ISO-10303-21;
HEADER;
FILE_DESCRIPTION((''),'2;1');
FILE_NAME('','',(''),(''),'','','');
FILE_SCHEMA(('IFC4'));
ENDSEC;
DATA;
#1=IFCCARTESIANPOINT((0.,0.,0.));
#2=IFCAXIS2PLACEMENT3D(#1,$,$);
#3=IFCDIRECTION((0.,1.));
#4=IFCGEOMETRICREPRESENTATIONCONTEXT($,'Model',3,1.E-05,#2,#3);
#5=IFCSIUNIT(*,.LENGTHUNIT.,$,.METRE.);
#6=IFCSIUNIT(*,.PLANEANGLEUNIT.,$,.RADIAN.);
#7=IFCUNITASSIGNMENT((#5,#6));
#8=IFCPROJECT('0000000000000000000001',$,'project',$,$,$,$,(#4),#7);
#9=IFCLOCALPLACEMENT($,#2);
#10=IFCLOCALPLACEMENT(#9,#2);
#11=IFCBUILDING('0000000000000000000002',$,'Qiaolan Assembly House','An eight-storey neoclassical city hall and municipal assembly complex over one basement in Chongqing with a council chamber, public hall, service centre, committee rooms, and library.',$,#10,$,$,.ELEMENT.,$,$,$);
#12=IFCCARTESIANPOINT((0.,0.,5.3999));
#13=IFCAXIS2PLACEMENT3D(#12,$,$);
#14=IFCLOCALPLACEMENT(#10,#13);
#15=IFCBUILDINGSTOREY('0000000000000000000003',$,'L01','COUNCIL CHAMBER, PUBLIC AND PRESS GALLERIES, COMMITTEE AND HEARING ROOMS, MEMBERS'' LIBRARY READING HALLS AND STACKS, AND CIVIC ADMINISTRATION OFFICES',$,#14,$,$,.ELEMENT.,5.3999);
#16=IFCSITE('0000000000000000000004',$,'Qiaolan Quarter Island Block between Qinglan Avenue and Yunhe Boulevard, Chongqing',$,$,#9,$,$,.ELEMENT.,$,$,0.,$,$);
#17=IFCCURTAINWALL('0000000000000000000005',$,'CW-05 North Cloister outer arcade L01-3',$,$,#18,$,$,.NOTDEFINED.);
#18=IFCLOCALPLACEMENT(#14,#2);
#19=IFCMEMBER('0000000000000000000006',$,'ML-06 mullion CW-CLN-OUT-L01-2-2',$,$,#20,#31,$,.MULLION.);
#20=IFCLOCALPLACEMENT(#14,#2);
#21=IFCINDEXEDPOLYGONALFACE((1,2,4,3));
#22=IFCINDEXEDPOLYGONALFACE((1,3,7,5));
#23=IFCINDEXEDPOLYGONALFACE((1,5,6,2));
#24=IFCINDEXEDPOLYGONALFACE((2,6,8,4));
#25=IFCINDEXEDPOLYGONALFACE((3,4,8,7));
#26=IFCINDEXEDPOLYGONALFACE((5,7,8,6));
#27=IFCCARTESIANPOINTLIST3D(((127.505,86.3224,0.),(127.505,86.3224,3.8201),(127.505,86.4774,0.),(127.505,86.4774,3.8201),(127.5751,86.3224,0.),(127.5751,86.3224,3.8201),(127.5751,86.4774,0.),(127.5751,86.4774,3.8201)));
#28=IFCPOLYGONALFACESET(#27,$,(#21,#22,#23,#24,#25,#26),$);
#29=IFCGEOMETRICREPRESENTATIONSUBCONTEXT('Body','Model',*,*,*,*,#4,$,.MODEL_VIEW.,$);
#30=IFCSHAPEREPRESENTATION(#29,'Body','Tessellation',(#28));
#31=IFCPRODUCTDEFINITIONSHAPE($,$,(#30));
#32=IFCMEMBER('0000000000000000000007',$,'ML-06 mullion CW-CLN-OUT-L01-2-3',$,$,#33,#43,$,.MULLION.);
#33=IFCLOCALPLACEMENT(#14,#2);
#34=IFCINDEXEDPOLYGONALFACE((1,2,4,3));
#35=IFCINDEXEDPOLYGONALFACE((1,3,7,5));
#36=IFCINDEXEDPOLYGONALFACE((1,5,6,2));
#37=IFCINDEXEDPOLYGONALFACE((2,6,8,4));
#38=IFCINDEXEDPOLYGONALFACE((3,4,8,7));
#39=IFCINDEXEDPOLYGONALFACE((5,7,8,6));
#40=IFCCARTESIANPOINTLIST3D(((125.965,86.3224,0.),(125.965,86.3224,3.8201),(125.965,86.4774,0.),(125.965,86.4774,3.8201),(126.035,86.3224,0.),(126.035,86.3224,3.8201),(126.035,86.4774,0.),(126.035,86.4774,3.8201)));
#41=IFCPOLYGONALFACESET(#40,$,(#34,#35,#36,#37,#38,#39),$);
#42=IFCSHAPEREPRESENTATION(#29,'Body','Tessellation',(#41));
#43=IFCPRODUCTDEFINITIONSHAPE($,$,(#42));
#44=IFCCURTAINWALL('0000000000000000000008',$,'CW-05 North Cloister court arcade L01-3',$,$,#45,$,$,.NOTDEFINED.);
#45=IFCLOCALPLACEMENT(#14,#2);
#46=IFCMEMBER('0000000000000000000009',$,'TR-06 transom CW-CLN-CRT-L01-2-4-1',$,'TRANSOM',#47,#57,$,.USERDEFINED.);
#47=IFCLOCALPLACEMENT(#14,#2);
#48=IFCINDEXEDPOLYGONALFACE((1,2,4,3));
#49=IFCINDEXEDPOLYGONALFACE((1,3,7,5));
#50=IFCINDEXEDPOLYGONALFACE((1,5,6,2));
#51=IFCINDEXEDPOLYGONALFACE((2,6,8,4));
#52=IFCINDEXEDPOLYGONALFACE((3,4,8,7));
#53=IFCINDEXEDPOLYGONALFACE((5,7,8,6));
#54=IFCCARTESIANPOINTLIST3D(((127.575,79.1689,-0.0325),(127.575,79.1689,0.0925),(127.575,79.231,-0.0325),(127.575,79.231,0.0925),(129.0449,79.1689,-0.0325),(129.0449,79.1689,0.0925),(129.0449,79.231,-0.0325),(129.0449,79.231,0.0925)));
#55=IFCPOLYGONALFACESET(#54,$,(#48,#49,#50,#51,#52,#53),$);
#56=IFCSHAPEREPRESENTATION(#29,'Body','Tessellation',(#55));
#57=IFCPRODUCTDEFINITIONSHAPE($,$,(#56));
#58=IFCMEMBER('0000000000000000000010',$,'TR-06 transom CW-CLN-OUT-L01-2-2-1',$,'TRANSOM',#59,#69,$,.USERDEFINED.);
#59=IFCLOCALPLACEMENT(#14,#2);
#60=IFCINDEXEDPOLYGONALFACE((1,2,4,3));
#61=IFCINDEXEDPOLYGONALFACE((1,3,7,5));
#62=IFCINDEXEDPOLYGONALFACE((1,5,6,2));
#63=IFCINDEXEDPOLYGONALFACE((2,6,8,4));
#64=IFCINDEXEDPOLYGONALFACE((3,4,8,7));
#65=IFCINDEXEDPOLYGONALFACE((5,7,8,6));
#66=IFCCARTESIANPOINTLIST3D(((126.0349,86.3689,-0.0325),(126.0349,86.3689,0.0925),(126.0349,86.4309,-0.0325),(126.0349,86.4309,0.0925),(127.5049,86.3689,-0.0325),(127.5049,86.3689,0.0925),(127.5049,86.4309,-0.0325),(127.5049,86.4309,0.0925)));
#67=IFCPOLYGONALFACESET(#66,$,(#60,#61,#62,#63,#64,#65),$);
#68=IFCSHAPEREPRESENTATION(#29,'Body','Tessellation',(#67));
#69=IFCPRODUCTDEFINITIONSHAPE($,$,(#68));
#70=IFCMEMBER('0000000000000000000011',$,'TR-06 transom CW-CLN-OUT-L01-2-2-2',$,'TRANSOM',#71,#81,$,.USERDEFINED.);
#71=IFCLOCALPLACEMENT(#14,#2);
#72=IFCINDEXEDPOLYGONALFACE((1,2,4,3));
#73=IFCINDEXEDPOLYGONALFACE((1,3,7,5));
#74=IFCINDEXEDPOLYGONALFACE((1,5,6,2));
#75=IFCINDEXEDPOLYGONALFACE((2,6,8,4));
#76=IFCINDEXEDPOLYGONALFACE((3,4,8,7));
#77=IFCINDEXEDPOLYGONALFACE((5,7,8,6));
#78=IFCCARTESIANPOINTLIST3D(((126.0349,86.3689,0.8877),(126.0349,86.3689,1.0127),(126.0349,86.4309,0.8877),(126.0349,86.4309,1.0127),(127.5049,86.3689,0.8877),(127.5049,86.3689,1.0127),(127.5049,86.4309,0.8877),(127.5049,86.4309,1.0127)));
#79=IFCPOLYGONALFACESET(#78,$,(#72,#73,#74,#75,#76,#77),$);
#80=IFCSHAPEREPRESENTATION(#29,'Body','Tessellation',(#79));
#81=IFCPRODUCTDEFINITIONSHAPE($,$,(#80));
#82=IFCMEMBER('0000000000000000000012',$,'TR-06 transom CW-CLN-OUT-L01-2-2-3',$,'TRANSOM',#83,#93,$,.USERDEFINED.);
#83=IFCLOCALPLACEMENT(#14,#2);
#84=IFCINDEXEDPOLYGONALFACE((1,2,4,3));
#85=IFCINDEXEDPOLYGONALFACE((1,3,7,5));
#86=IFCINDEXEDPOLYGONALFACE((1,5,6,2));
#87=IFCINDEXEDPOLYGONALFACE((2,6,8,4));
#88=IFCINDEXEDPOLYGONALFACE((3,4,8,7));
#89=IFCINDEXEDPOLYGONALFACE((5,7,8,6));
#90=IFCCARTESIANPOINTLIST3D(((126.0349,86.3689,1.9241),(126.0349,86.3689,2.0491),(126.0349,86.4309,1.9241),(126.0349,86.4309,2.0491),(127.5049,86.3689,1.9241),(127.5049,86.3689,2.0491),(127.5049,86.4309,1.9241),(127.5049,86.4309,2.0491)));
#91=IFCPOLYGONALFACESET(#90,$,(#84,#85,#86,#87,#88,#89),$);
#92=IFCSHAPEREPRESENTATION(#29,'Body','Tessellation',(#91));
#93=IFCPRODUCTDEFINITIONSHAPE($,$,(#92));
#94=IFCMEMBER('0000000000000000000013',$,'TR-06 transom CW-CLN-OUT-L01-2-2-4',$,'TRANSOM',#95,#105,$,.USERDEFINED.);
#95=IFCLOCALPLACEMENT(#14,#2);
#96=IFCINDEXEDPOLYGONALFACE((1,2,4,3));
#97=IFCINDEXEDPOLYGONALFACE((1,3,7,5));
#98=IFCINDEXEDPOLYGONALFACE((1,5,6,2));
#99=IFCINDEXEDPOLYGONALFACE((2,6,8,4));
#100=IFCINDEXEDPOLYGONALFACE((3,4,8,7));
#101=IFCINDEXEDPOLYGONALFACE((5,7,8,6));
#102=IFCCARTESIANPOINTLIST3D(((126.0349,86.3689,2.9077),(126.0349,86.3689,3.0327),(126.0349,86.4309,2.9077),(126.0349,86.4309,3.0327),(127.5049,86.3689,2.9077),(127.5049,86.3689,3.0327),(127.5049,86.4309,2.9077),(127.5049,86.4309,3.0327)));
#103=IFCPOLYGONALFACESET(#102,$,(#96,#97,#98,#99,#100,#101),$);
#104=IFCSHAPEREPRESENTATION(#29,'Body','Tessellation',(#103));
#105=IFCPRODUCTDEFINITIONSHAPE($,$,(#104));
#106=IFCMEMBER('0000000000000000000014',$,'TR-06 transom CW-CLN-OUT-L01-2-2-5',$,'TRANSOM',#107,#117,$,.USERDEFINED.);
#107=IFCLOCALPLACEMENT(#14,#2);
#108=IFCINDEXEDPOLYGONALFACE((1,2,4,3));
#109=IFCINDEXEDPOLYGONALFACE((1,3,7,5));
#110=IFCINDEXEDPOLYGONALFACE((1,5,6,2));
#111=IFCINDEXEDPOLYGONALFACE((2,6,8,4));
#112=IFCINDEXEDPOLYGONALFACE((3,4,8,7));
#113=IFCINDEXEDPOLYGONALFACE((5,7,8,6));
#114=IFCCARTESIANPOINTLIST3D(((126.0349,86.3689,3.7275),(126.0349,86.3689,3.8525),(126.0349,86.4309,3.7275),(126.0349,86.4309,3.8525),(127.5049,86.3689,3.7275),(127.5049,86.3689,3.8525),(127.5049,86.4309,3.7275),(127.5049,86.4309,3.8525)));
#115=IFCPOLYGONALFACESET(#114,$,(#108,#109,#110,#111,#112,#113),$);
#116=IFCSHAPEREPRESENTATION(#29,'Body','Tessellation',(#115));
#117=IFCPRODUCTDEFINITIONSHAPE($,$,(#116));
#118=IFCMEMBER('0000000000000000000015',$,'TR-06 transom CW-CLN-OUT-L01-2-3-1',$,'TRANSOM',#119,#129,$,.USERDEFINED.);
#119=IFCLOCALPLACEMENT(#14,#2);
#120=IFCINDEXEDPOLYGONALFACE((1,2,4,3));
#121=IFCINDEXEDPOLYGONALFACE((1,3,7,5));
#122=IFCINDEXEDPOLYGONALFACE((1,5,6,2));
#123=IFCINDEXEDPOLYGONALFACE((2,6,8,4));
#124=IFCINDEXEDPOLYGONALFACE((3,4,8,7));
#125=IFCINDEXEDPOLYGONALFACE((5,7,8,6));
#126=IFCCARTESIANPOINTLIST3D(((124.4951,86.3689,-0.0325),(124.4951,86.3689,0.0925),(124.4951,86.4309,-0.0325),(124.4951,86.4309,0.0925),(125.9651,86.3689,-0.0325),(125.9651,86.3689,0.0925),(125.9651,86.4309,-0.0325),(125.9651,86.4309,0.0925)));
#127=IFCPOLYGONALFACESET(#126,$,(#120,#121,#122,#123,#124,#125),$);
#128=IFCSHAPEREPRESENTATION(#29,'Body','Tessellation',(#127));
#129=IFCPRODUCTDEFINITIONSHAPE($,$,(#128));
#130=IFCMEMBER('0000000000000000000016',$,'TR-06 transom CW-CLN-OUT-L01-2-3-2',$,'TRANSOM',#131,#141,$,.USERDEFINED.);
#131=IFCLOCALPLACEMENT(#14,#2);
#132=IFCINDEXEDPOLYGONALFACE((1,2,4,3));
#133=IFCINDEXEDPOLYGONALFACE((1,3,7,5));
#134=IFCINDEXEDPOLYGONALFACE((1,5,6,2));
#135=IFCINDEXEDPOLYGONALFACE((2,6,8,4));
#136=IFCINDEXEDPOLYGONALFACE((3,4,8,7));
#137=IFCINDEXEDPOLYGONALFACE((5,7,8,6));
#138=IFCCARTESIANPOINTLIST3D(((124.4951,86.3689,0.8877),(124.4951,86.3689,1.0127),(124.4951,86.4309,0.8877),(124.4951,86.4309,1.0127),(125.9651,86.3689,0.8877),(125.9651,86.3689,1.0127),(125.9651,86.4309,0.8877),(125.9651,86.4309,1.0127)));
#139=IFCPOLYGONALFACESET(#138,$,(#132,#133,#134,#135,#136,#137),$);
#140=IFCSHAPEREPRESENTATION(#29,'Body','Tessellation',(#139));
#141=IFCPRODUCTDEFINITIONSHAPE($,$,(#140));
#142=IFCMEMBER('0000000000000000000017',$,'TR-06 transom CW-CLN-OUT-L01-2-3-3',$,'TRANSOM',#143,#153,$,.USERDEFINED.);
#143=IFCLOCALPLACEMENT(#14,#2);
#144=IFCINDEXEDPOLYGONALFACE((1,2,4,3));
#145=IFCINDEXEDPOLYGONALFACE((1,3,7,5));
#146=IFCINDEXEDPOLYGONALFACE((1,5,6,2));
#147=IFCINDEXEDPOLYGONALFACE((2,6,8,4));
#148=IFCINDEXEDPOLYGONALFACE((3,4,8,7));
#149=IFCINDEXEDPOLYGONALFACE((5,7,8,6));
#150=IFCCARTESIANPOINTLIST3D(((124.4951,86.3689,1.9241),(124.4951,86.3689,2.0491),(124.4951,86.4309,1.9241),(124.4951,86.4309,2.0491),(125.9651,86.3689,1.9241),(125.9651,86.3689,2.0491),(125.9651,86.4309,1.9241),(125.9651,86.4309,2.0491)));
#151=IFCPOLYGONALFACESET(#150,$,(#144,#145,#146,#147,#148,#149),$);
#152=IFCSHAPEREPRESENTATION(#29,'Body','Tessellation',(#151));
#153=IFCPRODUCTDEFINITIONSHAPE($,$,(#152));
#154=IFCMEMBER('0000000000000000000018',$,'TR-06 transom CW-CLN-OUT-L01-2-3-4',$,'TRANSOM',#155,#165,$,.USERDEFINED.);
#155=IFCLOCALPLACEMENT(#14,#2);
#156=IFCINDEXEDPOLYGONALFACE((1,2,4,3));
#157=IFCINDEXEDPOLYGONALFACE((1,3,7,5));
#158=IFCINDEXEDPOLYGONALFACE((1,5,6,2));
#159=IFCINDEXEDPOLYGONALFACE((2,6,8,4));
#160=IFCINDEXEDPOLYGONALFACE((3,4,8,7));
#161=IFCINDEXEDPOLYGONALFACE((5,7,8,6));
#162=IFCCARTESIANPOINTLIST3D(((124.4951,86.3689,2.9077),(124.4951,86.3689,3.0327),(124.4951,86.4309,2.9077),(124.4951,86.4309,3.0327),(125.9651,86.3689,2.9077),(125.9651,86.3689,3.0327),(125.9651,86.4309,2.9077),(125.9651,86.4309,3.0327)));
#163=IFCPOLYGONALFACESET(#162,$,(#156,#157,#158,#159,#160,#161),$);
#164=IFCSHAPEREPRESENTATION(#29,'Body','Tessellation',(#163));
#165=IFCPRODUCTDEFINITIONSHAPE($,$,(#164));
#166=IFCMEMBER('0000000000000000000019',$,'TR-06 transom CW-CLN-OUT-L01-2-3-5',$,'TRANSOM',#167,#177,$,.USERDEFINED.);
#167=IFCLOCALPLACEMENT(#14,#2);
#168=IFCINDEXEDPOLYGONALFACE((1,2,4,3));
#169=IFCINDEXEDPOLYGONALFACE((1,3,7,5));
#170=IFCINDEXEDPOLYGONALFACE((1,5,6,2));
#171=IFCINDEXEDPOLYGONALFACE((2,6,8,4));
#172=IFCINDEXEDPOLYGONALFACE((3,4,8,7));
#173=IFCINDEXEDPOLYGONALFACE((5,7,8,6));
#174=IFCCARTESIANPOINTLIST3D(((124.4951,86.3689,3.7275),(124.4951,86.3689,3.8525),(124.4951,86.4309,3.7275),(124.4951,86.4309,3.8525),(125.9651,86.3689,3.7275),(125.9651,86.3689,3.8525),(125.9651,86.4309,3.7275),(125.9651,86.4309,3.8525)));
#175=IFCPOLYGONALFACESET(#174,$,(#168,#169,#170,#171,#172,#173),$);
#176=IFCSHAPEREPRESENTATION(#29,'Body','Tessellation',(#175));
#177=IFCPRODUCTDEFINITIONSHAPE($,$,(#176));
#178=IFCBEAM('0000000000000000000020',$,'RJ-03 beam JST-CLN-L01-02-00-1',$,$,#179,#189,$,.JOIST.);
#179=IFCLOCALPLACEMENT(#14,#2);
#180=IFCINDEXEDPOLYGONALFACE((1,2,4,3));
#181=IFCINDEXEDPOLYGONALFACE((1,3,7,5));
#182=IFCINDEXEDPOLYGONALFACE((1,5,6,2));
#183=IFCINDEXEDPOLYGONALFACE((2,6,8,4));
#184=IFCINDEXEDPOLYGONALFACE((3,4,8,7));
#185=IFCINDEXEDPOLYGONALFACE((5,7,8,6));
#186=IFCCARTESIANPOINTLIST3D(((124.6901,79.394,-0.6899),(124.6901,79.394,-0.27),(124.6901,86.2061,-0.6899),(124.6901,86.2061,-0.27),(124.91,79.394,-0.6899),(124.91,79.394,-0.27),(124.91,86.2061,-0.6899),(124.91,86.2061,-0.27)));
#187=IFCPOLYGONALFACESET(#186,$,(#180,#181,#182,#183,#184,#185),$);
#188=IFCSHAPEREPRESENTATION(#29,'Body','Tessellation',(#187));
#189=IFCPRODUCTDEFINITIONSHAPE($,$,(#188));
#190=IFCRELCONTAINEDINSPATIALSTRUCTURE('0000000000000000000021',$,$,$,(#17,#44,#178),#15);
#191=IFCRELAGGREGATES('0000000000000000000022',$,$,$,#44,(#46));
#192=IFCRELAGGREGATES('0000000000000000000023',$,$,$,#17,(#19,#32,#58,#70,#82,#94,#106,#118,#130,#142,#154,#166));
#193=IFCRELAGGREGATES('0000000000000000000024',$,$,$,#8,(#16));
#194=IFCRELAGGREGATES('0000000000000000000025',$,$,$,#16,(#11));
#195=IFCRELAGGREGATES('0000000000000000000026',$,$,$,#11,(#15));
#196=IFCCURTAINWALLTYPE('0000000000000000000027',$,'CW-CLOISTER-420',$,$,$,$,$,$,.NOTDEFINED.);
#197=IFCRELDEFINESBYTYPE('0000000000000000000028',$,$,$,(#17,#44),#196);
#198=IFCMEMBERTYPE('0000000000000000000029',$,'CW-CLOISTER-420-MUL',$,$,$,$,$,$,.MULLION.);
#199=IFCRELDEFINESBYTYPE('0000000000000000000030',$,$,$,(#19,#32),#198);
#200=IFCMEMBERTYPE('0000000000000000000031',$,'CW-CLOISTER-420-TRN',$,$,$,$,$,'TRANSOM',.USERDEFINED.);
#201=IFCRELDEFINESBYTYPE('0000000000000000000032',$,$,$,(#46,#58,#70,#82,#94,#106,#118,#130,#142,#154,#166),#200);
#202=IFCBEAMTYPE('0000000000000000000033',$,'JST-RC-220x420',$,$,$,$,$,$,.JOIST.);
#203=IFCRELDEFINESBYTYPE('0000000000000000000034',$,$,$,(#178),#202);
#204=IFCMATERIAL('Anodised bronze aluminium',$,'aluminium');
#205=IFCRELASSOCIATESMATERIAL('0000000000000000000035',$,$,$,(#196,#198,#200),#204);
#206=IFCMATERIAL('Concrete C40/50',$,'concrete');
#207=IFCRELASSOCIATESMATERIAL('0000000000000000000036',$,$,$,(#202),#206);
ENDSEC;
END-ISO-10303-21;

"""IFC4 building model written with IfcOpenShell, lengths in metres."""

from ifc_helpers import new_model, si_unit, direction, frame, origin, origin_2d, place, context, subcontext, project, spatial, rectangle, extrude, material, material_profile, profile_set, type_object, element, aggregate, save


model = new_model("IFC4")

# Units and contexts
model_context = context("Model", 3, precision=1e-05, world=origin(), true_north=direction((0.0, 1.0)))
body_context = subcontext(model_context, "Body", "Model", "MODEL_VIEW")
ifc_project = project(units=[si_unit("LENGTHUNIT", "METRE"), si_unit("PLANEANGLEUNIT", "RADIAN")], contexts=[model_context])

# Site, building, storey
site_placement = place(None, origin())
site = spatial("IfcSite", under=ifc_project, at=site_placement, Name="Qiaolan Quarter Island Block between Qinglan Avenue and Yunhe Boulevard, Chongqing", CompositionType="ELEMENT", RefElevation=0.0)
building_placement = place(site_placement, origin())
building = spatial("IfcBuilding", under=site, at=building_placement, Name="Qiaolan Assembly House", Description="An eight-storey neoclassical city hall and municipal assembly complex over one basement in Chongqing with a council chamber, public hall, service centre, committee rooms, and library.", CompositionType="ELEMENT")
storey_placement = place(building_placement, frame((0.0, 0.0, 5.3999)))
storey = spatial("IfcBuildingStorey", under=building, at=storey_placement, Name="L01", Description="COUNCIL CHAMBER, PUBLIC AND PRESS GALLERIES, COMMITTEE AND HEARING ROOMS, MEMBERS' LIBRARY READING HALLS AND STACKS, AND CIVIC ADMINISTRATION OFFICES", CompositionType="ELEMENT", Elevation=5.3999)

# Curtain wall, members
ifc_material_1 = material(Name="Anodised bronze aluminium", Category="aluminium")
curtain_wall_type = type_object("IfcCurtainWallType", Name="CW-CLOISTER-420", PredefinedType="NOTDEFINED", material=ifc_material_1)
curtain_wall_1_placement = place(storey_placement, origin())
curtain_wall_1 = element("IfcCurtainWall", 1, at=curtain_wall_1_placement, inside=storey, type_object=curtain_wall_type, Name="CW-05 North Cloister outer arcade L01-3", PredefinedType="NOTDEFINED")
ifc_material_profile_1 = material_profile(ifc_material_1, rectangle(XDim=0.0701, YDim=0.155, at=origin_2d()), Name="MUL 70x155")
ifc_profile_set_1 = profile_set([ifc_material_profile_1], Name="Anodised bronze aluminium")
member_type_1 = type_object("IfcMemberType", Name="CW-CLOISTER-420-MUL", PredefinedType="MULLION", material=ifc_profile_set_1)
member_1_placement = place(storey_placement, frame((127.54, 86.3999, 0.0), z_axis=(0.0, 0.0, 1.0), x_axis=(-1.0, 0.0, 0.0)))
member_1 = element("IfcMember", 2, at=member_1_placement, type_object=member_type_1, Name="ML-06 mullion CW-CLN-OUT-L01-2-2", PredefinedType="MULLION", context=body_context, shape_type="SweptSolid", body=[
    extrude(rectangle(XDim=0.0701, YDim=0.155, at=origin_2d()), origin(), (0.0, 0.0, 1.0), 3.8201),
])
member_2_placement = place(storey_placement, frame((126.0, 86.3999, 0.0), z_axis=(0.0, 0.0, 1.0), x_axis=(-1.0, 0.0, 0.0)))
member_2 = element("IfcMember", 3, at=member_2_placement, type_object=member_type_1, Name="ML-06 mullion CW-CLN-OUT-L01-2-3", PredefinedType="MULLION", context=body_context, shape_type="SweptSolid", body=[
    extrude(rectangle(XDim=0.0701, YDim=0.155, at=origin_2d()), origin(), (0.0, 0.0, 1.0), 3.8201),
])

# Curtain wall, member
curtain_wall_2_placement = place(storey_placement, origin())
curtain_wall_2 = element("IfcCurtainWall", 4, at=curtain_wall_2_placement, inside=storey, type_object=curtain_wall_type, Name="CW-05 North Cloister court arcade L01-3", PredefinedType="NOTDEFINED")
ifc_material_profile_2 = material_profile(ifc_material_1, rectangle(XDim=0.062, YDim=0.125, at=origin_2d()), Name="TRN 62x125")
ifc_profile_set_2 = profile_set([ifc_material_profile_2], Name="Anodised bronze aluminium")
member_type_2 = type_object("IfcMemberType", Name="CW-CLOISTER-420-TRN", ElementType="TRANSOM", PredefinedType="USERDEFINED", material=ifc_profile_set_2)
member_3_placement = place(storey_placement, frame((127.575, 79.2, 0.03), z_axis=(1.0, 0.0, 0.0), x_axis=(0.0, 1.0, 0.0)))
member_3 = element("IfcMember", 5, at=member_3_placement, type_object=member_type_2, Name="TR-06 transom CW-CLN-CRT-L01-2-4-1", ObjectType="TRANSOM", PredefinedType="USERDEFINED", context=body_context, shape_type="SweptSolid", body=[
    extrude(rectangle(XDim=0.062, YDim=0.125, at=origin_2d()), origin(), (0.0, 0.0, 1.0), 1.47),
])

# Members
member_4_placement = place(storey_placement, frame((127.5049, 86.3999, 0.03), z_axis=(-1.0, 0.0, 0.0), x_axis=(0.0, -1.0, 0.0)))
member_4 = element("IfcMember", 6, at=member_4_placement, type_object=member_type_2, Name="TR-06 transom CW-CLN-OUT-L01-2-2-1", ObjectType="TRANSOM", PredefinedType="USERDEFINED", context=body_context, shape_type="SweptSolid", body=[
    extrude(rectangle(XDim=0.062, YDim=0.125, at=origin_2d()), origin(), (0.0, 0.0, 1.0), 1.47),
])
member_5_placement = place(storey_placement, frame((127.5049, 86.3999, 0.9502), z_axis=(-1.0, 0.0, 0.0), x_axis=(0.0, -1.0, 0.0)))
member_5 = element("IfcMember", 7, at=member_5_placement, type_object=member_type_2, Name="TR-06 transom CW-CLN-OUT-L01-2-2-2", ObjectType="TRANSOM", PredefinedType="USERDEFINED", context=body_context, shape_type="SweptSolid", body=[
    extrude(rectangle(XDim=0.062, YDim=0.125, at=origin_2d()), origin(), (0.0, 0.0, 1.0), 1.47),
])
member_6_placement = place(storey_placement, frame((127.5049, 86.3999, 1.9866), z_axis=(-1.0, 0.0, 0.0), x_axis=(0.0, -1.0, 0.0)))
member_6 = element("IfcMember", 8, at=member_6_placement, type_object=member_type_2, Name="TR-06 transom CW-CLN-OUT-L01-2-2-3", ObjectType="TRANSOM", PredefinedType="USERDEFINED", context=body_context, shape_type="SweptSolid", body=[
    extrude(rectangle(XDim=0.062, YDim=0.125, at=origin_2d()), origin(), (0.0, 0.0, 1.0), 1.47),
])
member_7_placement = place(storey_placement, frame((127.5049, 86.3999, 2.9702), z_axis=(-1.0, 0.0, 0.0), x_axis=(0.0, -1.0, 0.0)))
member_7 = element("IfcMember", 9, at=member_7_placement, type_object=member_type_2, Name="TR-06 transom CW-CLN-OUT-L01-2-2-4", ObjectType="TRANSOM", PredefinedType="USERDEFINED", context=body_context, shape_type="SweptSolid", body=[
    extrude(rectangle(XDim=0.062, YDim=0.125, at=origin_2d()), origin(), (0.0, 0.0, 1.0), 1.47),
])
member_8_placement = place(storey_placement, frame((127.5049, 86.3999, 3.79), z_axis=(-1.0, 0.0, 0.0), x_axis=(0.0, -1.0, 0.0)))
member_8 = element("IfcMember", 10, at=member_8_placement, type_object=member_type_2, Name="TR-06 transom CW-CLN-OUT-L01-2-2-5", ObjectType="TRANSOM", PredefinedType="USERDEFINED", context=body_context, shape_type="SweptSolid", body=[
    extrude(rectangle(XDim=0.062, YDim=0.125, at=origin_2d()), origin(), (0.0, 0.0, 1.0), 1.47),
])
member_9_placement = place(storey_placement, frame((125.9651, 86.3999, 0.03), z_axis=(-1.0, 0.0, 0.0), x_axis=(0.0, -1.0, 0.0)))
member_9 = element("IfcMember", 11, at=member_9_placement, type_object=member_type_2, Name="TR-06 transom CW-CLN-OUT-L01-2-3-1", ObjectType="TRANSOM", PredefinedType="USERDEFINED", context=body_context, shape_type="SweptSolid", body=[
    extrude(rectangle(XDim=0.062, YDim=0.125, at=origin_2d()), origin(), (0.0, 0.0, 1.0), 1.47),
])
member_10_placement = place(storey_placement, frame((125.9651, 86.3999, 0.9502), z_axis=(-1.0, 0.0, 0.0), x_axis=(0.0, -1.0, 0.0)))
member_10 = element("IfcMember", 12, at=member_10_placement, type_object=member_type_2, Name="TR-06 transom CW-CLN-OUT-L01-2-3-2", ObjectType="TRANSOM", PredefinedType="USERDEFINED", context=body_context, shape_type="SweptSolid", body=[
    extrude(rectangle(XDim=0.062, YDim=0.125, at=origin_2d()), origin(), (0.0, 0.0, 1.0), 1.47),
])
member_11_placement = place(storey_placement, frame((125.9651, 86.3999, 1.9866), z_axis=(-1.0, 0.0, 0.0), x_axis=(0.0, -1.0, 0.0)))
member_11 = element("IfcMember", 13, at=member_11_placement, type_object=member_type_2, Name="TR-06 transom CW-CLN-OUT-L01-2-3-3", ObjectType="TRANSOM", PredefinedType="USERDEFINED", context=body_context, shape_type="SweptSolid", body=[
    extrude(rectangle(XDim=0.062, YDim=0.125, at=origin_2d()), origin(), (0.0, 0.0, 1.0), 1.47),
])
member_12_placement = place(storey_placement, frame((125.9651, 86.3999, 2.9702), z_axis=(-1.0, 0.0, 0.0), x_axis=(0.0, -1.0, 0.0)))
member_12 = element("IfcMember", 14, at=member_12_placement, type_object=member_type_2, Name="TR-06 transom CW-CLN-OUT-L01-2-3-4", ObjectType="TRANSOM", PredefinedType="USERDEFINED", context=body_context, shape_type="SweptSolid", body=[
    extrude(rectangle(XDim=0.062, YDim=0.125, at=origin_2d()), origin(), (0.0, 0.0, 1.0), 1.47),
])
member_13_placement = place(storey_placement, frame((125.9651, 86.3999, 3.79), z_axis=(-1.0, 0.0, 0.0), x_axis=(0.0, -1.0, 0.0)))
member_13 = element("IfcMember", 15, at=member_13_placement, type_object=member_type_2, Name="TR-06 transom CW-CLN-OUT-L01-2-3-5", ObjectType="TRANSOM", PredefinedType="USERDEFINED", context=body_context, shape_type="SweptSolid", body=[
    extrude(rectangle(XDim=0.062, YDim=0.125, at=origin_2d()), origin(), (0.0, 0.0, 1.0), 1.47),
])

# Beam
ifc_material_2 = material(Name="Concrete C40/50", Category="concrete")
ifc_material_profile_3 = material_profile(ifc_material_2, rectangle(XDim=0.22, YDim=0.4199, at=origin_2d()), Name="RCB 220x420")
ifc_profile_set_3 = profile_set([ifc_material_profile_3], Name="Concrete C40/50")
beam_type = type_object("IfcBeamType", Name="JST-RC-220x420", PredefinedType="JOIST", material=ifc_profile_set_3)
for number, where, z_axis, x_axis, name in (
    (16, (124.8, 79.394, -0.48), (0.0, 1.0, 0.0), (-1.0, 0.0, 0.0), "RJ-03 beam JST-CLN-L01-02-00-1"),
):
    element("IfcBeam", number, at=place(storey_placement, frame(where, z_axis=z_axis, x_axis=x_axis)), inside=storey, type_object=beam_type, Name=name, PredefinedType="JOIST", context=body_context, shape_type="SweptSolid", body=[
        extrude(rectangle(XDim=0.22, YDim=0.4199, at=origin_2d()), origin(), (0.0, 0.0, 1.0), 6.812),
    ])

aggregate(curtain_wall_2, [member_3])
aggregate(curtain_wall_1, [member_1, member_2, member_4, member_5, member_6, member_7, member_8, member_9, member_10, member_11, member_12, member_13])

save(model, "model.ifc")
